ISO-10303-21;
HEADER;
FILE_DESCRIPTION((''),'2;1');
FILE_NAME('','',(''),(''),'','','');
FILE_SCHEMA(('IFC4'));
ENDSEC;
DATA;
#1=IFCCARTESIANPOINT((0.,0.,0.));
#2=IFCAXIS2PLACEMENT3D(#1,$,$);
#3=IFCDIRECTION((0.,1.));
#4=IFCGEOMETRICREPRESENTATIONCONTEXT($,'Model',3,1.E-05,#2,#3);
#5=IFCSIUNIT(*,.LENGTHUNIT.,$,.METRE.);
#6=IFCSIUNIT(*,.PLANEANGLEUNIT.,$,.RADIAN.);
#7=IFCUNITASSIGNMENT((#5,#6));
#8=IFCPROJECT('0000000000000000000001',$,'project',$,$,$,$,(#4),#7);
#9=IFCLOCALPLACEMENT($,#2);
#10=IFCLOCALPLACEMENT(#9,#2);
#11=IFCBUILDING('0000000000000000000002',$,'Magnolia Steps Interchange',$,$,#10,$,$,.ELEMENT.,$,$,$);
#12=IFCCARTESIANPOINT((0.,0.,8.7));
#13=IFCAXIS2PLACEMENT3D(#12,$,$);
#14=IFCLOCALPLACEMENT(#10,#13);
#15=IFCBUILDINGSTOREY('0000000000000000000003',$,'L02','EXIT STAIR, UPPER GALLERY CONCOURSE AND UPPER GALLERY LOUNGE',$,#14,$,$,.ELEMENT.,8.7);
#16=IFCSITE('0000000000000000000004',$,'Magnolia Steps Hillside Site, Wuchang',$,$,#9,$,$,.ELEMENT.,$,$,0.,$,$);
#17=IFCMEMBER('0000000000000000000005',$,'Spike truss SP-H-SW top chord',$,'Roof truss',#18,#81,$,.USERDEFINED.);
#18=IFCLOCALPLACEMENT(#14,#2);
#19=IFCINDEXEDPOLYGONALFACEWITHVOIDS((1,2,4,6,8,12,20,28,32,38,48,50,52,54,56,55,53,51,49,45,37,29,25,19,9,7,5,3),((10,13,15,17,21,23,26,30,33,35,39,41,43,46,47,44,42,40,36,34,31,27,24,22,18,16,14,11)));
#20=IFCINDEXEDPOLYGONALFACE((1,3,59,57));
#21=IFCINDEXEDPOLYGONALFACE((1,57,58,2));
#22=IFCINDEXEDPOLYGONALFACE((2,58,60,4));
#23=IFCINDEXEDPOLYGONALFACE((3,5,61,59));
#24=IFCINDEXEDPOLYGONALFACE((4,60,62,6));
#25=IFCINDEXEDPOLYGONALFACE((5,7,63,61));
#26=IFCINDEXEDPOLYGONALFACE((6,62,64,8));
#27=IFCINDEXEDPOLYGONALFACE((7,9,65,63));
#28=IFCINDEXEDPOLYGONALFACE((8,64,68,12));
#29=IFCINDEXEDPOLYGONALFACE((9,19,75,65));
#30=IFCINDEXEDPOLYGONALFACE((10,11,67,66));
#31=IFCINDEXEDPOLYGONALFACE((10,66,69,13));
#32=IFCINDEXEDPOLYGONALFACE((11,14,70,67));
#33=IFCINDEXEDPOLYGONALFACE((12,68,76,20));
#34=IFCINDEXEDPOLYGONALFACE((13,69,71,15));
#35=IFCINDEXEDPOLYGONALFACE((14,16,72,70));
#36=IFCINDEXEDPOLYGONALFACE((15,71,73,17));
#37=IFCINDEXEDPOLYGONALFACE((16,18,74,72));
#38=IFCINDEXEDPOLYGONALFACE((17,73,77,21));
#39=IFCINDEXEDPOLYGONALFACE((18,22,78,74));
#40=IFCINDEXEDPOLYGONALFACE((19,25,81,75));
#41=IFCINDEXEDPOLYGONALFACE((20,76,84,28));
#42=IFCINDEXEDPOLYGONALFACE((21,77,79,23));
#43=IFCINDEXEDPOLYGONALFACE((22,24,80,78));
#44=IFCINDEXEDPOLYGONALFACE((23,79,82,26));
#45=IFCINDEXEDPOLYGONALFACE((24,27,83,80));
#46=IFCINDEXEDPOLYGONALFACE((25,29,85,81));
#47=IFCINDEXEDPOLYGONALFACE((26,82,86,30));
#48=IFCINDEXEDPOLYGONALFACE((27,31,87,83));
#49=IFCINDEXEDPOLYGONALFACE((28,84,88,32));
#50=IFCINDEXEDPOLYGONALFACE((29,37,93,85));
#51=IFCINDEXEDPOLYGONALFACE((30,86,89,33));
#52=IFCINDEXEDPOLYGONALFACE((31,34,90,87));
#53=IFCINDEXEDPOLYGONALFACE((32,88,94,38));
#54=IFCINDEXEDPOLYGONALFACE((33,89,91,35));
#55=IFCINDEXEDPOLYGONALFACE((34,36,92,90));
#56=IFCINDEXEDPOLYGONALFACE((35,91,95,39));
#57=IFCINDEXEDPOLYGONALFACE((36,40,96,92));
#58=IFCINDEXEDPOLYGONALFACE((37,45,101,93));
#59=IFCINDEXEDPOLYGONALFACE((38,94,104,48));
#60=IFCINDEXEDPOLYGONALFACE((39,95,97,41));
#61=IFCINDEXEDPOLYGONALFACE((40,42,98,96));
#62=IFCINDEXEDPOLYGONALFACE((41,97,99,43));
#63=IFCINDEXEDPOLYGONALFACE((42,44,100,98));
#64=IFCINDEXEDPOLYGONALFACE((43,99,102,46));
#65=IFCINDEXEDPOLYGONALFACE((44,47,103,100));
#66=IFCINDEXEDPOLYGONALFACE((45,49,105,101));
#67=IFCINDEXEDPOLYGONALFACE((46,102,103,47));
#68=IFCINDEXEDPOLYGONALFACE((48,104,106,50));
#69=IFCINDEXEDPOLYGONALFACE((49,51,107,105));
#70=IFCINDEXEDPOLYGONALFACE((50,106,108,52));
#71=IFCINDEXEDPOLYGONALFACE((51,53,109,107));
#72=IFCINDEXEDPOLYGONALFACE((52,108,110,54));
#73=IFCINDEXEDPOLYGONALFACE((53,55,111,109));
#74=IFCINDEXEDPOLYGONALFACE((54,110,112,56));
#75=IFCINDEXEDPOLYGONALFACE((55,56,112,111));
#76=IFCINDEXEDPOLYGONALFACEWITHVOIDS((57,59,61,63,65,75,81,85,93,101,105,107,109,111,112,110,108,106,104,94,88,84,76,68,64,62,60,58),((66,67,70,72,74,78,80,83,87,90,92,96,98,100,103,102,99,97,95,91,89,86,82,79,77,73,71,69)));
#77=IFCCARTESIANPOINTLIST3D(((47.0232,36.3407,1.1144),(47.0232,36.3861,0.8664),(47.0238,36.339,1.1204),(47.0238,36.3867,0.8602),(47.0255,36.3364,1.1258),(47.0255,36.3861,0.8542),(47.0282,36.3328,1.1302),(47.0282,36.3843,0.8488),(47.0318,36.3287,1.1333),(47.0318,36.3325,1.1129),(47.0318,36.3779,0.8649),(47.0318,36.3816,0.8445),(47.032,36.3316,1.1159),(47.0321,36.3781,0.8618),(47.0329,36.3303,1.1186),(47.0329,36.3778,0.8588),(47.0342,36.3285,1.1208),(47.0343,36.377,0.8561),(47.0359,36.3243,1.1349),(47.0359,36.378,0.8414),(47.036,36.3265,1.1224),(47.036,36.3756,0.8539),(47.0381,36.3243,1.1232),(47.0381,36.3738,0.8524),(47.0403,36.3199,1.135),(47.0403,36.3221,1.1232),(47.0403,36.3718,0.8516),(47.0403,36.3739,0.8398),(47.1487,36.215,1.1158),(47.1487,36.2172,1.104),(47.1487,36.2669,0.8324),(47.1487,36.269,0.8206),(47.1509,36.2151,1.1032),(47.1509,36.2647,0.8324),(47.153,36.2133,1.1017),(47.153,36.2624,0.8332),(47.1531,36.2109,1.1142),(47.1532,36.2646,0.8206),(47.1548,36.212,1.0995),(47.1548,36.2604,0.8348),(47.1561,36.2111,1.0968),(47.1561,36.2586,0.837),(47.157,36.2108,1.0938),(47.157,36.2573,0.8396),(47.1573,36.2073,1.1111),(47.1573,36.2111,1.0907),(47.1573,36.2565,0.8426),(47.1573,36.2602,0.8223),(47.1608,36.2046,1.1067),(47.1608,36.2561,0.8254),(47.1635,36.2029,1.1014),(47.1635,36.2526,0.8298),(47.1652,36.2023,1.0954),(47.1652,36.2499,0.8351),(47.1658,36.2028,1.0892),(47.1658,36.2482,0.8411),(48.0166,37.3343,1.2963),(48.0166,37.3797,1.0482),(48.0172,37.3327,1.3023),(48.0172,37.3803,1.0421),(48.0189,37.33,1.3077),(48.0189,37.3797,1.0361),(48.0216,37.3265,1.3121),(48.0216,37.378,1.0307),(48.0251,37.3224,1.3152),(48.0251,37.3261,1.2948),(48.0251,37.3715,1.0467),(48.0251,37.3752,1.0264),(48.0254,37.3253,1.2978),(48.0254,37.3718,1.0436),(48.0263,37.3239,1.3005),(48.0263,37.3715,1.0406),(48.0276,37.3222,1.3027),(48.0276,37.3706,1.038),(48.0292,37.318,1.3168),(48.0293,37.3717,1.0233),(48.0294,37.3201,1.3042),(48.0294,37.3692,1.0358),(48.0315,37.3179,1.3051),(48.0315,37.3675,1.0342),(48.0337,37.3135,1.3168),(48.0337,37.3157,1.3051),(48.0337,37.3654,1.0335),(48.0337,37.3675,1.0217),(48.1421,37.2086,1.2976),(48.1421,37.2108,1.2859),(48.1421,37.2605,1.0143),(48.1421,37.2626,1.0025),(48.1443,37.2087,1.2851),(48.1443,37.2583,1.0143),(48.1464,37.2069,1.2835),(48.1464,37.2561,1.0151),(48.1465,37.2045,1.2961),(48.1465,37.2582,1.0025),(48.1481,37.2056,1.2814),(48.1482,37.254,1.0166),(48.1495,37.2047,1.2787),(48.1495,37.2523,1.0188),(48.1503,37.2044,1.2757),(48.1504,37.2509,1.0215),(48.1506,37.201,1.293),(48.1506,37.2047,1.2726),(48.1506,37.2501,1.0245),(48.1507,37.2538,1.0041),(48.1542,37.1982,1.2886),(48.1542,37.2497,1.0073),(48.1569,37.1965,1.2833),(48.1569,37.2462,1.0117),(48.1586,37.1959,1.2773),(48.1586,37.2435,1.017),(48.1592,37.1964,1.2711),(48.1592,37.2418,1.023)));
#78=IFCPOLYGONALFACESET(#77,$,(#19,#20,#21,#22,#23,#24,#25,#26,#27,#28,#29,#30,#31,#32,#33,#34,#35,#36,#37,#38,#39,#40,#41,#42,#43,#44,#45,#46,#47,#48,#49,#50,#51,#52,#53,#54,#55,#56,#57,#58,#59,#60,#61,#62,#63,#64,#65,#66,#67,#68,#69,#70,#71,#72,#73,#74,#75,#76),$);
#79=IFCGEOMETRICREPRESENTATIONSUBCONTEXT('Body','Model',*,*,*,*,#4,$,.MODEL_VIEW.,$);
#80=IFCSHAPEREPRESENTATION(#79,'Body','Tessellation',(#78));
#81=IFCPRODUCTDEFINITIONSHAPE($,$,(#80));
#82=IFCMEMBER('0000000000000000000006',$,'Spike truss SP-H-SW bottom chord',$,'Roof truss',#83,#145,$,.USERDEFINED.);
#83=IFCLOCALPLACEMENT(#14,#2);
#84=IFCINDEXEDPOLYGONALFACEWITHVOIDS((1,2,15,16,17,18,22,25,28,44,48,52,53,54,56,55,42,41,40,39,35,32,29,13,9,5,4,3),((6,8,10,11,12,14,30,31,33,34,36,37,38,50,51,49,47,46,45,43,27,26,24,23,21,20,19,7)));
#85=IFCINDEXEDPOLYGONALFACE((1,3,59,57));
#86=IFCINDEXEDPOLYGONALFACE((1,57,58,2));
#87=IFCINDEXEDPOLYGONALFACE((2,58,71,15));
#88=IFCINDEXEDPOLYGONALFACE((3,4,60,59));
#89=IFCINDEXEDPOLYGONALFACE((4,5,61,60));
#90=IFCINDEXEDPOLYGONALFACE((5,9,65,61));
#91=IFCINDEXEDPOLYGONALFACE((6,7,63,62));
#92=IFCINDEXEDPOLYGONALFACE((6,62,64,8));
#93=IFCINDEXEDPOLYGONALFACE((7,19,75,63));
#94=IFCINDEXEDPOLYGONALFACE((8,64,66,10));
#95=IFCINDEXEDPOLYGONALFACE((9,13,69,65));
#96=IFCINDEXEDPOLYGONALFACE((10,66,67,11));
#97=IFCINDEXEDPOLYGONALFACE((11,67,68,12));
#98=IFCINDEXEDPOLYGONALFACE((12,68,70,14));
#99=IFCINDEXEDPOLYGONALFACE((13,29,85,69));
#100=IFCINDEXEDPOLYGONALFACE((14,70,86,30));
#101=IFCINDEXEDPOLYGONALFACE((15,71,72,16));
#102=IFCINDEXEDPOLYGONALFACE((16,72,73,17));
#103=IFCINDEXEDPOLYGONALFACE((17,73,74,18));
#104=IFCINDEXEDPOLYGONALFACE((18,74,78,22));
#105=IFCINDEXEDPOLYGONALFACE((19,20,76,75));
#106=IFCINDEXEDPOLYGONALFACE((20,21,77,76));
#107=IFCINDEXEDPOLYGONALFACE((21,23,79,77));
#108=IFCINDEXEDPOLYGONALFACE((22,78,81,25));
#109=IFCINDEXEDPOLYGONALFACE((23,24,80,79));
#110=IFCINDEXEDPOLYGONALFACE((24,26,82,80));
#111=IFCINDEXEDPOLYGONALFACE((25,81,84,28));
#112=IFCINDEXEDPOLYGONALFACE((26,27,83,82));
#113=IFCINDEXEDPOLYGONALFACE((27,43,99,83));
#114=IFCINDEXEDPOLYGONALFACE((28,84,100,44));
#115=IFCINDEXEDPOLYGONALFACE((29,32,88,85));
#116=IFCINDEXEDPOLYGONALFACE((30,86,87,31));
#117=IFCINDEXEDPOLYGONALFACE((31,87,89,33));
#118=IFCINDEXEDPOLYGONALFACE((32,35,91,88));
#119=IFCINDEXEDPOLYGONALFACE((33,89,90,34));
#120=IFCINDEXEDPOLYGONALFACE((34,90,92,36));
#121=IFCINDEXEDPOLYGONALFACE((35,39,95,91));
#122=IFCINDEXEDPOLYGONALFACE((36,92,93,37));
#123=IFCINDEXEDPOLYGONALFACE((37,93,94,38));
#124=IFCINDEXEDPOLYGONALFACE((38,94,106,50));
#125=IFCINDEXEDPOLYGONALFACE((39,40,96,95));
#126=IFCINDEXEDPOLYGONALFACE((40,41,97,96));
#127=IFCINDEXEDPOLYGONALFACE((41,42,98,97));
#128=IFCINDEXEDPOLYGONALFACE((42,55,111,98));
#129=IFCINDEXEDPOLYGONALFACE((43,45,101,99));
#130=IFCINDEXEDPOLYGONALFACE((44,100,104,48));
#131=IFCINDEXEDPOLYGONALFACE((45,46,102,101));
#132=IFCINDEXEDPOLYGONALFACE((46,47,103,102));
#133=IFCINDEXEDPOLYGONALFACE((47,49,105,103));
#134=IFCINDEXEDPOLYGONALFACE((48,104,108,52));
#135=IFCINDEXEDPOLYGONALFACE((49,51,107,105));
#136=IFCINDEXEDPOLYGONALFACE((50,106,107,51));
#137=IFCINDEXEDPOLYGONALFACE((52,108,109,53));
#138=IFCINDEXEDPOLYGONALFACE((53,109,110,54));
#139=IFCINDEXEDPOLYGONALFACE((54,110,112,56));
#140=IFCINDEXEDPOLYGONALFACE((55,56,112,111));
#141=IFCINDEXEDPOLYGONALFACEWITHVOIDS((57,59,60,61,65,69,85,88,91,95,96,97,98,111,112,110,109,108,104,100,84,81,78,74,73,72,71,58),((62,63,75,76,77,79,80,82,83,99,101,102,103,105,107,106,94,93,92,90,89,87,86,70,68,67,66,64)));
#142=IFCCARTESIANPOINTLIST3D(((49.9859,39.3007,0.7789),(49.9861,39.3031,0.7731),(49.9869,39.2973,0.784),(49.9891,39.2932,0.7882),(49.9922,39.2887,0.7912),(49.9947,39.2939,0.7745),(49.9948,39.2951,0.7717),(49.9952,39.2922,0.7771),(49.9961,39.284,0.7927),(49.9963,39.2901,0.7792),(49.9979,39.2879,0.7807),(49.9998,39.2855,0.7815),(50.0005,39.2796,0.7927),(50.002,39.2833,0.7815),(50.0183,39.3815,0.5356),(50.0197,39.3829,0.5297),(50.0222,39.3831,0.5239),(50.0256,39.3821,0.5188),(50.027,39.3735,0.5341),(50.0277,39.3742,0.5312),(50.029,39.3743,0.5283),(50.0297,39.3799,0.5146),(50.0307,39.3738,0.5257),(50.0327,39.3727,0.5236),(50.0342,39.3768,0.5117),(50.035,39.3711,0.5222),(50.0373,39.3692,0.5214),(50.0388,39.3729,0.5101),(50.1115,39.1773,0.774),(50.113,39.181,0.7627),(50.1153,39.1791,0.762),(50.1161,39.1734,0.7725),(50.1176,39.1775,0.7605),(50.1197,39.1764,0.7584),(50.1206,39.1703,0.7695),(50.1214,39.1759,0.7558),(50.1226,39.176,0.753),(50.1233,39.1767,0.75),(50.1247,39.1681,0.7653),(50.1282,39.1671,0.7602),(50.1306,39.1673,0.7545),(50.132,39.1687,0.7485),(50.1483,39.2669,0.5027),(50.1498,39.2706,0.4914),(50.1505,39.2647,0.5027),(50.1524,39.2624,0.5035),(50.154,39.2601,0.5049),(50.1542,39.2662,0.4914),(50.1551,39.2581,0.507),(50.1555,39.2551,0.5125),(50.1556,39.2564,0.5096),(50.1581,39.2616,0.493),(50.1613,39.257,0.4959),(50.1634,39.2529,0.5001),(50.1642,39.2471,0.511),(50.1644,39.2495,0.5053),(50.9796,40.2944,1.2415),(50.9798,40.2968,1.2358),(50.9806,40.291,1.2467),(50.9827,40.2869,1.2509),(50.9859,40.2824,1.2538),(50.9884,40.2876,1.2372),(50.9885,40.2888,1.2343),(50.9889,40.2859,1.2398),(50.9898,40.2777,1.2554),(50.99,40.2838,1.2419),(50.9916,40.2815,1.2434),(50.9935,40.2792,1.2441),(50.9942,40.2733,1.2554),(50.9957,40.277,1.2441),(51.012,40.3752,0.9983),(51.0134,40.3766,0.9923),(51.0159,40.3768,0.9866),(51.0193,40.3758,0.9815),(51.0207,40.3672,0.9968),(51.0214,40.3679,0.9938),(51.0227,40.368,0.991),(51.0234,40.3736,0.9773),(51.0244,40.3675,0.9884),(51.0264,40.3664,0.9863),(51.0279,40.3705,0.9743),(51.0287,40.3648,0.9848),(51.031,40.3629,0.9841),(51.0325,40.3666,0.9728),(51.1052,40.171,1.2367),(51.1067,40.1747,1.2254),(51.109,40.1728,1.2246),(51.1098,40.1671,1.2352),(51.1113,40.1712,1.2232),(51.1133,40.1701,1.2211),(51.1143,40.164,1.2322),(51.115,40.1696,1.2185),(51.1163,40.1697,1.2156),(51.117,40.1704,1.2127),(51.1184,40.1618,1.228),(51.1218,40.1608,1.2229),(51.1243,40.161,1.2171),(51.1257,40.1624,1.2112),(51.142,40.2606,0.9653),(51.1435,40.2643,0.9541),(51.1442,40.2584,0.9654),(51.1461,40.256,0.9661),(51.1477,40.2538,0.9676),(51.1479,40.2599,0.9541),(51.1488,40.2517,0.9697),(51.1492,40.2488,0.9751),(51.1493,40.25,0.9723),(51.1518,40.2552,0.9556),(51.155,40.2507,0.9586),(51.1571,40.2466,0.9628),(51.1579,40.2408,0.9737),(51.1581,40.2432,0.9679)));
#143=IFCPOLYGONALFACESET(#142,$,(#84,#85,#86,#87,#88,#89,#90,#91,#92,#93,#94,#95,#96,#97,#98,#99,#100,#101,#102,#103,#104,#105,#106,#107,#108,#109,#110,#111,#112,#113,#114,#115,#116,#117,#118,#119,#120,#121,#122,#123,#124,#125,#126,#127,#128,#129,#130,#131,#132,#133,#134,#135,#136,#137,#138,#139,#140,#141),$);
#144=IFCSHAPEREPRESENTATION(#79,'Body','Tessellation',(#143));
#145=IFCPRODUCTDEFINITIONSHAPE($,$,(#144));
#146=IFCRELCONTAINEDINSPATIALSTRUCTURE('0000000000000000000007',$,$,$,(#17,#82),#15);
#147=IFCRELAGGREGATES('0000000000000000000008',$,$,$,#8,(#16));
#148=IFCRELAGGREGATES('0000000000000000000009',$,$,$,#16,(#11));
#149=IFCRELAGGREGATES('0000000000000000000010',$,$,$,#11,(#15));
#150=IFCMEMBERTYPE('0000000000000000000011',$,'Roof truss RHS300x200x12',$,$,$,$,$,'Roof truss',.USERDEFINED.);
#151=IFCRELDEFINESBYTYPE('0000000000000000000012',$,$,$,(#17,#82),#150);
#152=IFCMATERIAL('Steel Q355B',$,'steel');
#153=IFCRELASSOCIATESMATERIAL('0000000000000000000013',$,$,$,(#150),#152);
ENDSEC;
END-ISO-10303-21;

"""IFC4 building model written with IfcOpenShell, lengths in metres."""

from ifc_helpers import new_model, si_unit, direction, frame, origin, origin_2d, place, context, subcontext, project, spatial, hollow_rectangle, extrude, material, material_profile, profile_set, type_object, element, save


model = new_model("IFC4")

# Units and contexts
model_context = context("Model", 3, precision=1e-05, world=origin(), true_north=direction((0.0, 1.0)))
body_context = subcontext(model_context, "Body", "Model", "MODEL_VIEW")
ifc_project = project(units=[si_unit("LENGTHUNIT", "METRE"), si_unit("PLANEANGLEUNIT", "RADIAN")], contexts=[model_context])

# Site, building, storey
site_placement = place(None, origin())
site = spatial("IfcSite", under=ifc_project, at=site_placement, Name="Magnolia Steps Hillside Site, Wuchang", CompositionType="ELEMENT", RefElevation=0.0)
building_placement = place(site_placement, origin())
building = spatial("IfcBuilding", under=site, at=building_placement, Name="Magnolia Steps Interchange", CompositionType="ELEMENT")
storey_placement = place(building_placement, frame((0.0, 0.0, 8.7)))
storey = spatial("IfcBuildingStorey", under=building, at=storey_placement, Name="L02", Description="EXIT STAIR, UPPER GALLERY CONCOURSE AND UPPER GALLERY LOUNGE", CompositionType="ELEMENT", Elevation=8.7)

# Members
ifc_material_1 = material(Name="Steel Q355B", Category="steel")
ifc_material_profile_1 = material_profile(ifc_material_1, hollow_rectangle(XDim=0.2, YDim=0.3, WallThickness=0.012, InnerFilletRadius=0.012, OuterFilletRadius=0.0239, at=origin_2d()), Name="RHS300x200x12")
ifc_profile_set_1 = profile_set([ifc_material_profile_1], Name="Steel Q355B")
member_type_1 = type_object("IfcMemberType", Name="Roof truss RHS300x200x12", ElementType="Roof truss", PredefinedType="USERDEFINED", material=ifc_profile_set_1)
for number, where, z_axis, x_axis, name in (
    (1, (48.0879, 37.2881, 1.1597), (-0.701169, -0.701342, -0.128378), (0.712995, -0.689722, -0.126185), "Spike truss SP-H-SW top chord"),
):
    element("IfcMember", number, at=place(storey_placement, frame(where, z_axis=z_axis, x_axis=x_axis)), inside=storey, type_object=member_type_1, Name=name, ObjectType="Roof truss", PredefinedType="USERDEFINED", context=body_context, shape_type="SweptSolid", body=[
        extrude(hollow_rectangle(XDim=0.2, YDim=0.3, WallThickness=0.012, InnerFilletRadius=0.012, OuterFilletRadius=0.0239, at=origin_2d()), origin(), (0.0, 0.0, 1.0), 1.4167),
    ])
for number, where, z_axis, x_axis, name in (
    (2, (51.0688, 40.2688, 1.1047), (-0.671643, -0.671643, -0.312718), (0.729791, -0.672511, -0.123023), "Spike truss SP-H-SW bottom chord"),
):
    element("IfcMember", number, at=place(storey_placement, frame(where, z_axis=z_axis, x_axis=x_axis)), inside=storey, type_object=member_type_1, Name=name, ObjectType="Roof truss", PredefinedType="USERDEFINED", context=body_context, shape_type="SweptSolid", body=[
        extrude(hollow_rectangle(XDim=0.2, YDim=0.3, WallThickness=0.012, InnerFilletRadius=0.012, OuterFilletRadius=0.0239, at=origin_2d()), origin(), (0.0, 0.0, 1.0), 1.4795),
    ])

save(model, "model.ifc")
